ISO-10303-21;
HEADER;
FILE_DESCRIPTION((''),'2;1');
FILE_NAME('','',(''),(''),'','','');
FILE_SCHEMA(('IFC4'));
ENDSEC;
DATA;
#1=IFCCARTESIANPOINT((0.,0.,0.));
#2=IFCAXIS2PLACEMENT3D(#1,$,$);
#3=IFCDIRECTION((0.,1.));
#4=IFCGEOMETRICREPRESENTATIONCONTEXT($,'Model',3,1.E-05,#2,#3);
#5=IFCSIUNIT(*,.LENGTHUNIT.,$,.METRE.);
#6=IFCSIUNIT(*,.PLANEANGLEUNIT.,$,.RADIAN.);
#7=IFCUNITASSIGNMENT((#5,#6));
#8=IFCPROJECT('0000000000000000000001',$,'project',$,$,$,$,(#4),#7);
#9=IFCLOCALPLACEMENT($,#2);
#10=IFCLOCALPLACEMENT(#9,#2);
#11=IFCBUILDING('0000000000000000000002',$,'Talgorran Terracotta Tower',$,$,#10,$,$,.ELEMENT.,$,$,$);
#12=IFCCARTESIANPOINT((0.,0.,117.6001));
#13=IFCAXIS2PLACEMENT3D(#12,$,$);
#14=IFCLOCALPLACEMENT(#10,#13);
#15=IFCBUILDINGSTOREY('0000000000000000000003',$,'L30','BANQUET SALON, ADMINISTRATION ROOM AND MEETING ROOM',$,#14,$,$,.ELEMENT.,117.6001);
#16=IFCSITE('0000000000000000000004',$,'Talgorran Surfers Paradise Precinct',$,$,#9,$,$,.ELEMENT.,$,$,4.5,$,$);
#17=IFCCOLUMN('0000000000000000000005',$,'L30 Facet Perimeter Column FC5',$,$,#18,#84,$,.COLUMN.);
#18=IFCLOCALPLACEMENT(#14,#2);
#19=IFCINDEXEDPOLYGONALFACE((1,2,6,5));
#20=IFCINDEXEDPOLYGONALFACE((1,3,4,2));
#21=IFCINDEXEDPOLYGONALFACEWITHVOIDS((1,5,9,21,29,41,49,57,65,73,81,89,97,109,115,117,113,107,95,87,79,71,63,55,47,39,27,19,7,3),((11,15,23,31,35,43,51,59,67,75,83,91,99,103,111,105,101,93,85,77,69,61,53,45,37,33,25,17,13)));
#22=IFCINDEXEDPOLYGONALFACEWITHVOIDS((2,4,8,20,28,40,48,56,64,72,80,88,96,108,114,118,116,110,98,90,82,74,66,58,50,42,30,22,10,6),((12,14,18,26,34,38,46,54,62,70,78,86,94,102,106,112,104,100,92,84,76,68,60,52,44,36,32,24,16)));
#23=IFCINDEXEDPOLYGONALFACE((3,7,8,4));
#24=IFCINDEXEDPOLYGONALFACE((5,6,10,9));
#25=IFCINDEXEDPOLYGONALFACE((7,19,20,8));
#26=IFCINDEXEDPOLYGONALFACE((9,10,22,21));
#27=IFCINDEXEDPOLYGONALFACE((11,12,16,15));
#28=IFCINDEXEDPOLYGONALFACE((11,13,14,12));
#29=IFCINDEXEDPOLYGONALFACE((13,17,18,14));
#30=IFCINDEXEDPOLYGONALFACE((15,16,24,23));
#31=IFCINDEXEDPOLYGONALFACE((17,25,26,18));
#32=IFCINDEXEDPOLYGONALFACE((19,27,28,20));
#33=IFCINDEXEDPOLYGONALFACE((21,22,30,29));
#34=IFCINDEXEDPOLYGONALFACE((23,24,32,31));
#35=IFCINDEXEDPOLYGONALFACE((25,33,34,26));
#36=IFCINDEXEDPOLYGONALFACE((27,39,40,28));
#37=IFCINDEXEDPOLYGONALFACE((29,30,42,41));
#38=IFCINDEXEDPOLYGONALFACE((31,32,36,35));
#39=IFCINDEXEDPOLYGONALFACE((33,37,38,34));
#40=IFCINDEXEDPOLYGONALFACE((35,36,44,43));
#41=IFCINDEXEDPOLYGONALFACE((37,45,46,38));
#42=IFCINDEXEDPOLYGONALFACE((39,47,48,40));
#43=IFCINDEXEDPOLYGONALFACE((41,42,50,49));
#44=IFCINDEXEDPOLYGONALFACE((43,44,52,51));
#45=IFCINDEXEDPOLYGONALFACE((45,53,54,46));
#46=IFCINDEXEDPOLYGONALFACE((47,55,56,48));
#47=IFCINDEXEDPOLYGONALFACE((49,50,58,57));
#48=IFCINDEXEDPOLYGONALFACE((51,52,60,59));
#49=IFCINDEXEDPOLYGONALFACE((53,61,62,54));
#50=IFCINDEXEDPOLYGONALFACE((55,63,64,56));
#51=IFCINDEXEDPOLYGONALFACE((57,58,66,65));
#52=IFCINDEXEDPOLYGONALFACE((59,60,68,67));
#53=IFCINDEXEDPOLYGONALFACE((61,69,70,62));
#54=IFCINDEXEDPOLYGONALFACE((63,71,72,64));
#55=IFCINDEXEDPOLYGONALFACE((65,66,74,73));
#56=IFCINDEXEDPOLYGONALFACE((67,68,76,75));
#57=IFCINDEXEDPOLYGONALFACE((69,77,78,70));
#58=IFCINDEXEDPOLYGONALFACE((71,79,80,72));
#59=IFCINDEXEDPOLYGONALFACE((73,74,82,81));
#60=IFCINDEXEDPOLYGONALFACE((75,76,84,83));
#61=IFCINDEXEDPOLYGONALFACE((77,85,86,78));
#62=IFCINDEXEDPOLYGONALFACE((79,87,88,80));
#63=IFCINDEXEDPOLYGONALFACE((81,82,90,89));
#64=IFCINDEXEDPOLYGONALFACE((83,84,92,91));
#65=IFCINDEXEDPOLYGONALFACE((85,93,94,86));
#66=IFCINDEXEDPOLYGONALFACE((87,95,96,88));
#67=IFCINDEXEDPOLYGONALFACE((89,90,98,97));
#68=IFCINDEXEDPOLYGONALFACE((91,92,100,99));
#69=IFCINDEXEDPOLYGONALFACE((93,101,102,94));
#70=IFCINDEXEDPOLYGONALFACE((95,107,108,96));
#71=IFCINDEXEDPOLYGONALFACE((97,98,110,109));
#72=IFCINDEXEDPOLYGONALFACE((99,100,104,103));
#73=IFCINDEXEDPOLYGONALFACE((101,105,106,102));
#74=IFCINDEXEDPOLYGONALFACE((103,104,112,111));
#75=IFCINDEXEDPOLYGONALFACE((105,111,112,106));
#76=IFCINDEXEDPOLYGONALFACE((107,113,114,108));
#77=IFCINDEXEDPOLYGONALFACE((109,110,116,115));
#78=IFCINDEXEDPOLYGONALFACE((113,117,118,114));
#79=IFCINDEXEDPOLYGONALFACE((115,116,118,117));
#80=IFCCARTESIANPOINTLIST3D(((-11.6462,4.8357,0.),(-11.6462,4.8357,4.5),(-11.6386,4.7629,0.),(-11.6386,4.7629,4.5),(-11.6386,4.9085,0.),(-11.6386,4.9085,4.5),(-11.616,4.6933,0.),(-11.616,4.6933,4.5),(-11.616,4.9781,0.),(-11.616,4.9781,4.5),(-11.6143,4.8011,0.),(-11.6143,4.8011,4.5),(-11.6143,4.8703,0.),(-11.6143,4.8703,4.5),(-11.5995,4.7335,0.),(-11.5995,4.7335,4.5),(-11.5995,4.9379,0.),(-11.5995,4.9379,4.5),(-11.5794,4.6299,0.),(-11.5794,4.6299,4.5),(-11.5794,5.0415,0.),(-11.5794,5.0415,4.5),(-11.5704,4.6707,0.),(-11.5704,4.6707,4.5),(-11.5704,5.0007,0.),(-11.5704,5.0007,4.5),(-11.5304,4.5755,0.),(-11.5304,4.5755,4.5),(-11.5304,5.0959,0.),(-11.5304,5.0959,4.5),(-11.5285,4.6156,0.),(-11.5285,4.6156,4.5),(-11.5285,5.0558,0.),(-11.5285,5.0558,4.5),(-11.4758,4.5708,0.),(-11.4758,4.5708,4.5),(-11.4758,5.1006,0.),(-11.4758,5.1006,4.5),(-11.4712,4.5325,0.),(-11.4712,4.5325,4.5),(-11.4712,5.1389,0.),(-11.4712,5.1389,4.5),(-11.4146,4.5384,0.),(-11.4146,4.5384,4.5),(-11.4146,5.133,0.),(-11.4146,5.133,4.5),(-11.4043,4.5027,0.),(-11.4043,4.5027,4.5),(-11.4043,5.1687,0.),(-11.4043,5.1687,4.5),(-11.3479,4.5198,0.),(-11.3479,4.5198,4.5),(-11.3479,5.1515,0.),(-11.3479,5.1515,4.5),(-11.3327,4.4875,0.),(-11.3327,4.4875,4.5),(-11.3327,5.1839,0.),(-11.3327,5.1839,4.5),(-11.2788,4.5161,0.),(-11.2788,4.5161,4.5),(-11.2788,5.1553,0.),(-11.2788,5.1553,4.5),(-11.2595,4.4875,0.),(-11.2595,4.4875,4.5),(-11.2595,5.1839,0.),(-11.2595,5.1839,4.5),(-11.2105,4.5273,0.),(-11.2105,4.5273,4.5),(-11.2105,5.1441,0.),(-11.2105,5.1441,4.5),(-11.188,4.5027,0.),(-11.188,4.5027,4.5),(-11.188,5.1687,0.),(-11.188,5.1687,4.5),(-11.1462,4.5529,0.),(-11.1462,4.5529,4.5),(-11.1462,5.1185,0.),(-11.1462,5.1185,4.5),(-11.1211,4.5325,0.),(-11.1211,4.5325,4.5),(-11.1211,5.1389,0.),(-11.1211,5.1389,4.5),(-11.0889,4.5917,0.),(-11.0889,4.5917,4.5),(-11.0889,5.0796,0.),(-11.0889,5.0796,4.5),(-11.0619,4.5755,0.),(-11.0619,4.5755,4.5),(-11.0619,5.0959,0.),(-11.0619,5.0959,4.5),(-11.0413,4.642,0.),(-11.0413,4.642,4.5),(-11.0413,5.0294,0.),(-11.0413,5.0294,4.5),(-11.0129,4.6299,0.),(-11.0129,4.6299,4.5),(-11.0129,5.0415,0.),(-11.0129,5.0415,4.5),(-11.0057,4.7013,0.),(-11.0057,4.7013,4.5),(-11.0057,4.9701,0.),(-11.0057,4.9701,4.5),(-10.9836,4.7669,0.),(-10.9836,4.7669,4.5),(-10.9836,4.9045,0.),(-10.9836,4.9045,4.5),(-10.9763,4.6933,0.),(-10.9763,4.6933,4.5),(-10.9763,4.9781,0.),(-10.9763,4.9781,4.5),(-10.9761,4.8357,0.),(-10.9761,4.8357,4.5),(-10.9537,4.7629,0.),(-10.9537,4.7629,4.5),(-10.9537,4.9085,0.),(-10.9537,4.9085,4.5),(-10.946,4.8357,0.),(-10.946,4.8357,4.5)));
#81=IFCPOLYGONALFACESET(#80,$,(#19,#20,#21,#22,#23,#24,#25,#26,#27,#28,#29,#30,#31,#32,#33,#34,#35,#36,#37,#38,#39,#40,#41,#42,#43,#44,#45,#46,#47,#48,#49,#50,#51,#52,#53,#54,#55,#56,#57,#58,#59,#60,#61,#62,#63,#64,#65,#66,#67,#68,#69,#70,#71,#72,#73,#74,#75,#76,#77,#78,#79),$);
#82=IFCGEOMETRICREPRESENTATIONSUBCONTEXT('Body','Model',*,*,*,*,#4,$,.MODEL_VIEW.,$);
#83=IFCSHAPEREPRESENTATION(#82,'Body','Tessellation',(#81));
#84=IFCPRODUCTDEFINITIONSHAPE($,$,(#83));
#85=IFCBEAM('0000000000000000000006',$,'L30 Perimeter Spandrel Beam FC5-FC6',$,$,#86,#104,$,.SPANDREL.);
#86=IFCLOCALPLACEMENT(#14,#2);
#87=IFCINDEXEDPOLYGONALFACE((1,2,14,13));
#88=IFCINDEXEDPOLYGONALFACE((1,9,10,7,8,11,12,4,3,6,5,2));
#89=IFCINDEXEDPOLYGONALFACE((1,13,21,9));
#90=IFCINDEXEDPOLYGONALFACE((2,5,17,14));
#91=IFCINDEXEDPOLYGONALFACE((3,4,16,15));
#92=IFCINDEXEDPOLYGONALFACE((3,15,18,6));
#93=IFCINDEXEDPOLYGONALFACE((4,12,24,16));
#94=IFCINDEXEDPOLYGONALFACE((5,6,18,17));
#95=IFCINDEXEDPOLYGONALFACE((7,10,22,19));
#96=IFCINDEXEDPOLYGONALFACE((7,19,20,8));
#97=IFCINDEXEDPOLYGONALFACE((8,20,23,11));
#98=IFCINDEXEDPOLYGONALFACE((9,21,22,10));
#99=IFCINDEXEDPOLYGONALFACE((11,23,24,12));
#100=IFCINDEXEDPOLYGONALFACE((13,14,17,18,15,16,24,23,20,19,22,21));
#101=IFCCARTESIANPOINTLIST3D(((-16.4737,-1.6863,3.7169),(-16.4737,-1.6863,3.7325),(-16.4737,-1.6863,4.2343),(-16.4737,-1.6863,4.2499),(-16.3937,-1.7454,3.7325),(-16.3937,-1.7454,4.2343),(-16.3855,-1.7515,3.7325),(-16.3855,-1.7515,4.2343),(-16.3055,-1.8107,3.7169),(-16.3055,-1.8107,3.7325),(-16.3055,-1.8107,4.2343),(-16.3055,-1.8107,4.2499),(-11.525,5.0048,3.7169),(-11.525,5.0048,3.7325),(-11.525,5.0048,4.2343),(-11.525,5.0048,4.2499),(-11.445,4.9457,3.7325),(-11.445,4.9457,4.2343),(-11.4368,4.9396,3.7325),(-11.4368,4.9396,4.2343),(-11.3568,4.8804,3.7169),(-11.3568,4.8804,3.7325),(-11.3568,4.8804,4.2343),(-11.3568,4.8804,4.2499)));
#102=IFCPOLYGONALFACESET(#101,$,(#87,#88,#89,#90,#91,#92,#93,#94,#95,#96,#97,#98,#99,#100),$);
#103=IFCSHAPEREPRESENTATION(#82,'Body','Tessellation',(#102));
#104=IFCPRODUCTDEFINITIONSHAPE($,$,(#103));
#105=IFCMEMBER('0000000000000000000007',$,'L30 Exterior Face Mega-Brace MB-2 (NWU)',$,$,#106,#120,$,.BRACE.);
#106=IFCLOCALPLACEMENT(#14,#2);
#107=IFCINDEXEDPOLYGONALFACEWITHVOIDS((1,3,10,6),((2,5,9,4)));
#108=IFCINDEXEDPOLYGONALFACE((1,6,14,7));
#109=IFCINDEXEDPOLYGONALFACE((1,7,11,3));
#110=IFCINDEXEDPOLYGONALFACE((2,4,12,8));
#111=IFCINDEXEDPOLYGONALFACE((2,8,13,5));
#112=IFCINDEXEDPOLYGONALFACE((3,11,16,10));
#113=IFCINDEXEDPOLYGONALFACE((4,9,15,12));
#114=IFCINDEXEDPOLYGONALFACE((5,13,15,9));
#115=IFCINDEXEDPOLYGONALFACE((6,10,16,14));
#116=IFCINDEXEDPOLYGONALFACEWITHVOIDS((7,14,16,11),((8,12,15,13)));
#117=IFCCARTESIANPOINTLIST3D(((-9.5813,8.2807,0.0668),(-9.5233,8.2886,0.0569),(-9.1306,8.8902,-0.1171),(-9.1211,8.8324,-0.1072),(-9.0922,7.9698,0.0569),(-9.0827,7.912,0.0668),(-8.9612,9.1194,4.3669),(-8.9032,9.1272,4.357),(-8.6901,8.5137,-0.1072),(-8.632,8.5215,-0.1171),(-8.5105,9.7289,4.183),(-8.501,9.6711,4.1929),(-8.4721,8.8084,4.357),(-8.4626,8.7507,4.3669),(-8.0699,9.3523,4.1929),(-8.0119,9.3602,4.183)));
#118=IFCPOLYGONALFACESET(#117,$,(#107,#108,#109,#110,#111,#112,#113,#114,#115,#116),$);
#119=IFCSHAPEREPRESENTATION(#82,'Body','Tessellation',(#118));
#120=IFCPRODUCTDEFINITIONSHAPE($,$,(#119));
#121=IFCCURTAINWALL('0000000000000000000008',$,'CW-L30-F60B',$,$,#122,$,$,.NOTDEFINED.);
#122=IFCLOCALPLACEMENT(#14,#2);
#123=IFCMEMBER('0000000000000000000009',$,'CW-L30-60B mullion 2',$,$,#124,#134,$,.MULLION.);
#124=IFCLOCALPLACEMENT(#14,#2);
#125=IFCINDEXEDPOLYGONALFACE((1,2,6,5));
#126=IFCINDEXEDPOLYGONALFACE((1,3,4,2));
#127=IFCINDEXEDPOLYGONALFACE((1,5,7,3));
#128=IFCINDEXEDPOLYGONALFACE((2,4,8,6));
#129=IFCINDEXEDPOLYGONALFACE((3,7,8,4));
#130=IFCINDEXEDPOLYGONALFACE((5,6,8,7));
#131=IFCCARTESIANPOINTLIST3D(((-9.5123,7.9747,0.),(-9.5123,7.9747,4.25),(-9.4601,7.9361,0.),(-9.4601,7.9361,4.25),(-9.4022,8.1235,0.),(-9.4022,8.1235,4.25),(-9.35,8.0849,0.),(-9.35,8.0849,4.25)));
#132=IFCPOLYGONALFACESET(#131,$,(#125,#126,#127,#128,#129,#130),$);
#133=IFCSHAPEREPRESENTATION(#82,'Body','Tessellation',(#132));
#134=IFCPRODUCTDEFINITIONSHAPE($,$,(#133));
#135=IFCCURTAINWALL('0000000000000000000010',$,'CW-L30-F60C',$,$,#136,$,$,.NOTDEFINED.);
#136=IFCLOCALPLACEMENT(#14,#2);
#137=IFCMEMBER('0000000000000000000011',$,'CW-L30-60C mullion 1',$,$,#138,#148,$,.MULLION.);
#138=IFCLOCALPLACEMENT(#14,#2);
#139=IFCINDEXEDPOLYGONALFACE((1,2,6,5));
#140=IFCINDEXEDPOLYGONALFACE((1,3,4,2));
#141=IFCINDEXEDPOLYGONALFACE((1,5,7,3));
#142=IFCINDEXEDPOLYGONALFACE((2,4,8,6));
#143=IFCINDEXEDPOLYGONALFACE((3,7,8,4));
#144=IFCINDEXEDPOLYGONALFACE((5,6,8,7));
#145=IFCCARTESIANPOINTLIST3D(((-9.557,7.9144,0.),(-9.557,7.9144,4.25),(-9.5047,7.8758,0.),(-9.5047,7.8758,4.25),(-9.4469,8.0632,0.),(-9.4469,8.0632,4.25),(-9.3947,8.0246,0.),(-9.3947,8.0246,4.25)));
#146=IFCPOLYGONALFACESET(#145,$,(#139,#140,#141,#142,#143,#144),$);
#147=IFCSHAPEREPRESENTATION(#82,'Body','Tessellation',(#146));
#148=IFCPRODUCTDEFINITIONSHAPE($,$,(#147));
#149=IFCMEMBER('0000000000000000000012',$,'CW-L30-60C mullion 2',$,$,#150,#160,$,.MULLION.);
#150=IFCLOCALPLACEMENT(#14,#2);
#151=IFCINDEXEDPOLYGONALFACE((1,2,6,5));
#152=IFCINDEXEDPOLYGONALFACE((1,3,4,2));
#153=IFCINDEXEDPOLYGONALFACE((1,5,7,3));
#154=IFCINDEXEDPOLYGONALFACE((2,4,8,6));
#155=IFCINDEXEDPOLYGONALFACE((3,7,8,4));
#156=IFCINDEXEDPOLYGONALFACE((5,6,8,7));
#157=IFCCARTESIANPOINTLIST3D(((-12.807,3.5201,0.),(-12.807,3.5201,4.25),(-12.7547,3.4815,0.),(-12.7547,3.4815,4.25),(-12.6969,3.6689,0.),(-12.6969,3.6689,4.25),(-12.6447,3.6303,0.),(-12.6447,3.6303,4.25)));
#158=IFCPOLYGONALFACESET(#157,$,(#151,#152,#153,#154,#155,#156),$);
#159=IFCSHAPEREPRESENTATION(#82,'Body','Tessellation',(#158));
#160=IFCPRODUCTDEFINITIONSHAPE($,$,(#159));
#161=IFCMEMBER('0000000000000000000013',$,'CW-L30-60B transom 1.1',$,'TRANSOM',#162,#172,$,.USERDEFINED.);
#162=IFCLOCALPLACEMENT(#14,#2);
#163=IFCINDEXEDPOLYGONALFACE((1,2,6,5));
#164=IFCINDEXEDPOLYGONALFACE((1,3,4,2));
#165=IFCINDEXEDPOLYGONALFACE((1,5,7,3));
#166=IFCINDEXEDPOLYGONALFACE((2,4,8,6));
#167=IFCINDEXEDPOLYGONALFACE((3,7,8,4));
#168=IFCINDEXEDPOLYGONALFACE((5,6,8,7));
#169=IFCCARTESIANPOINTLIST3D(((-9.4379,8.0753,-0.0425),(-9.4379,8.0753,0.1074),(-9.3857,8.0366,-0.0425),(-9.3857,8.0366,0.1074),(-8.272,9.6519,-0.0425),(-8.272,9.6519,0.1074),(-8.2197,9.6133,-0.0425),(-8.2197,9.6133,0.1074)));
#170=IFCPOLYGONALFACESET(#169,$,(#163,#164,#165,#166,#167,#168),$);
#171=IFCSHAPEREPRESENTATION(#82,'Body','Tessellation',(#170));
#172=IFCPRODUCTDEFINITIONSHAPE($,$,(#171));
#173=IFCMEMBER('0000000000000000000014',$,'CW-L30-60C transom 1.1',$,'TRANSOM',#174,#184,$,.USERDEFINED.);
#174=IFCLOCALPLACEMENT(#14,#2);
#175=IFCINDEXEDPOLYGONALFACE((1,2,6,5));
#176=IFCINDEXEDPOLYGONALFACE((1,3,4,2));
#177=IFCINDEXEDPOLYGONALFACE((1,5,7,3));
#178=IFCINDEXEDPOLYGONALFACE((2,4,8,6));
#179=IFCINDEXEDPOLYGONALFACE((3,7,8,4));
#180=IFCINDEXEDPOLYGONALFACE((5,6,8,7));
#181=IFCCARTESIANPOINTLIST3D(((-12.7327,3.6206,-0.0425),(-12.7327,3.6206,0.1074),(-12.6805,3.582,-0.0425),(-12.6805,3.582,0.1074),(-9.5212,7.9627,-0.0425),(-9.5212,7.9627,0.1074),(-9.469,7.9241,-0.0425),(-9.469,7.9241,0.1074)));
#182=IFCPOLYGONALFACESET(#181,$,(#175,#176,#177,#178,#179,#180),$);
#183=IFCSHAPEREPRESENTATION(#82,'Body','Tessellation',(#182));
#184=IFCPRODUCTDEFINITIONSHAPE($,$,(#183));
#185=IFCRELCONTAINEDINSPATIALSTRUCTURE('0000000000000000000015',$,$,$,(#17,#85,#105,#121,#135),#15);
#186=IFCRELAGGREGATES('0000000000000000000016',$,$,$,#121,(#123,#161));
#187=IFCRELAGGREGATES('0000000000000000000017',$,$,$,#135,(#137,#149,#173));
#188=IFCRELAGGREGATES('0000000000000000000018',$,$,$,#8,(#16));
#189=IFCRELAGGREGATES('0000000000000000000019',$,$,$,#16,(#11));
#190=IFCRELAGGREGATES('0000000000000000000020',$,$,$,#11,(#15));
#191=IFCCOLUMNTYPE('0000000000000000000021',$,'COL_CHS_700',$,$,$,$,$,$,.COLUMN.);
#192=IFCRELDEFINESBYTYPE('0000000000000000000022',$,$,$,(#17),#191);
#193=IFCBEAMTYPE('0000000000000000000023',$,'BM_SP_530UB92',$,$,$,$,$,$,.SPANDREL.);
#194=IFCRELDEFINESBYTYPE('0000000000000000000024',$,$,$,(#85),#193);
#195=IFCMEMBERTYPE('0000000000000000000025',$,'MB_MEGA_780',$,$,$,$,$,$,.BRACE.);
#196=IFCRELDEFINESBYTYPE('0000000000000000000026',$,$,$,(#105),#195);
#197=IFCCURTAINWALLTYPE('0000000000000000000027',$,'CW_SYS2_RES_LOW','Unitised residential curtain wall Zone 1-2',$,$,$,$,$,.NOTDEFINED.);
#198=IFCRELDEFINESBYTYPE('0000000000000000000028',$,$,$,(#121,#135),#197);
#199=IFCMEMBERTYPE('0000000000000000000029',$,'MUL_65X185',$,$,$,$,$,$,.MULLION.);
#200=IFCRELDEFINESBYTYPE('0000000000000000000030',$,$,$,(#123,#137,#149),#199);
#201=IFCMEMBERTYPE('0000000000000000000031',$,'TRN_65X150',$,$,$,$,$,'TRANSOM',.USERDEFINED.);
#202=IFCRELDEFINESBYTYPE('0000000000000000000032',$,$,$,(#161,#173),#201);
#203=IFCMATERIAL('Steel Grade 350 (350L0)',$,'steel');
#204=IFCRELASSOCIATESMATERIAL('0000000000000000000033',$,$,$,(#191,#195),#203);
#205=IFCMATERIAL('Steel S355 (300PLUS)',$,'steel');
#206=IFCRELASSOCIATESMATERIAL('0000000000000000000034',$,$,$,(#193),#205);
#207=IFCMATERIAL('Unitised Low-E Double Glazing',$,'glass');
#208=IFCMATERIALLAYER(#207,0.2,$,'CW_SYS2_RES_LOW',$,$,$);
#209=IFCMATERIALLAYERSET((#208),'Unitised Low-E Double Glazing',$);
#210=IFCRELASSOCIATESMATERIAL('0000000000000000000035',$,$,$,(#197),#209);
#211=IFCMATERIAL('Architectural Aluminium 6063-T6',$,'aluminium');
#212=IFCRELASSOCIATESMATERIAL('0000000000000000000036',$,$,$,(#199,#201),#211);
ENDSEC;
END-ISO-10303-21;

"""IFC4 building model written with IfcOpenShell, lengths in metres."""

from ifc_helpers import new_model, si_unit, direction, frame, origin, origin_2d, place, context, subcontext, project, spatial, rectangle, hollow_rectangle, hollow_circle, i_section, extrude, material, layer, layer_set, material_profile, profile_set, type_object, element, aggregate, save


model = new_model("IFC4")

# Units and contexts
model_context = context("Model", 3, precision=1e-05, world=origin(), true_north=direction((0.0, 1.0)))
body_context = subcontext(model_context, "Body", "Model", "MODEL_VIEW")
ifc_project = project(units=[si_unit("LENGTHUNIT", "METRE"), si_unit("PLANEANGLEUNIT", "RADIAN")], contexts=[model_context])

# Site, building, storey
site_placement = place(None, origin())
site = spatial("IfcSite", under=ifc_project, at=site_placement, Name="Talgorran Surfers Paradise Precinct", CompositionType="ELEMENT", RefElevation=4.5)
building_placement = place(site_placement, origin())
building = spatial("IfcBuilding", under=site, at=building_placement, Name="Talgorran Terracotta Tower", CompositionType="ELEMENT")
storey_placement = place(building_placement, frame((0.0, 0.0, 117.6001)))
storey = spatial("IfcBuildingStorey", under=building, at=storey_placement, Name="L30", Description="BANQUET SALON, ADMINISTRATION ROOM AND MEETING ROOM", CompositionType="ELEMENT", Elevation=117.6001)

# Column
ifc_material_1 = material(Name="Steel Grade 350 (350L0)", Category="steel")
ifc_material_profile_1 = material_profile(ifc_material_1, hollow_circle(Radius=0.3501, WallThickness=0.03, at=origin_2d()), Name="CHS700X30")
ifc_profile_set_1 = profile_set([ifc_material_profile_1], Name="Steel Grade 350 (350L0)")
column_type = type_object("IfcColumnType", Name="COL_CHS_700", PredefinedType="COLUMN", material=ifc_profile_set_1)
column_placement = place(storey_placement, frame((-11.2961, 4.8357, 0.0), z_axis=(0.0, 0.0, 1.0), x_axis=(1.0, 0.0, 0.0)))
element("IfcColumn", 1, at=column_placement, inside=storey, type_object=column_type, Name="L30 Facet Perimeter Column FC5", PredefinedType="COLUMN", context=body_context, shape_type="SweptSolid", body=[
    extrude(hollow_circle(Radius=0.3501, WallThickness=0.03, at=origin_2d()), origin(), (0.0, 0.0, 1.0), 4.5),
])

# Beam
ifc_material_2 = material(Name="Steel S355 (300PLUS)", Category="steel")
ifc_material_profile_2 = material_profile(ifc_material_2, i_section(OverallWidth=0.2092, OverallDepth=0.533, WebThickness=0.0103, FlangeThickness=0.0156, at=origin_2d()), Name="530UB92.4")
ifc_profile_set_2 = profile_set([ifc_material_profile_2], Name="Steel S355 (300PLUS)")
beam_type = type_object("IfcBeamType", Name="BM_SP_530UB92", PredefinedType="SPANDREL", material=ifc_profile_set_2)
beam_placement = place(storey_placement, frame((-11.4409, 4.9426, 3.9834), z_axis=(-0.594631, -0.803999, 0.0), x_axis=(0.803999, -0.594631, 0.0)))
element("IfcBeam", 2, at=beam_placement, inside=storey, type_object=beam_type, Name="L30 Perimeter Spandrel Beam FC5-FC6", PredefinedType="SPANDREL", context=body_context, shape_type="SweptSolid", body=[
    extrude(i_section(OverallWidth=0.2092, OverallDepth=0.533, WebThickness=0.0103, FlangeThickness=0.0156, at=origin_2d()), origin(), (0.0, 0.0, 1.0), 8.3223),
])

# Member
ifc_material_profile_3 = material_profile(ifc_material_1, hollow_rectangle(XDim=0.6201, YDim=0.78, WallThickness=0.042, at=origin_2d()), Name="WBOX780X620X42")
ifc_profile_set_3 = profile_set([ifc_material_profile_3], Name="Steel Grade 350 (350L0)")
member_type_1 = type_object("IfcMemberType", Name="MB_MEGA_780", PredefinedType="BRACE", material=ifc_profile_set_3)
member_1_placement = place(storey_placement, frame((-9.1067, 8.4011, -0.0251), z_axis=(0.140148, 0.189531, 0.971821), x_axis=(-0.804055, 0.594556, 0.0)))
element("IfcMember", 3, at=member_1_placement, inside=storey, type_object=member_type_1, Name="L30 Exterior Face Mega-Brace MB-2 (NWU)", PredefinedType="BRACE", context=body_context, shape_type="SweptSolid", body=[
    extrude(hollow_rectangle(XDim=0.6201, YDim=0.78, WallThickness=0.042, at=origin_2d()), origin(), (0.0, 0.0, 1.0), 4.4248),
])

# Curtain wall, member
ifc_material_3 = material(Name="Unitised Low-E Double Glazing", Category="glass")
ifc_layer_1 = layer(ifc_material_3, 0.2, Name="CW_SYS2_RES_LOW")
ifc_layer_set_1 = layer_set([ifc_layer_1], Name="Unitised Low-E Double Glazing")
curtain_wall_type = type_object("IfcCurtainWallType", Name="CW_SYS2_RES_LOW", Description="Unitised residential curtain wall Zone 1-2", PredefinedType="NOTDEFINED", material=ifc_layer_set_1)
curtain_wall_1_placement = place(storey_placement, origin())
curtain_wall_1 = element("IfcCurtainWall", 4, at=curtain_wall_1_placement, inside=storey, type_object=curtain_wall_type, Name="CW-L30-F60B", PredefinedType="NOTDEFINED")
ifc_material_4 = material(Name="Architectural Aluminium 6063-T6", Category="aluminium")
ifc_material_profile_4 = material_profile(ifc_material_4, rectangle(XDim=0.0649, YDim=0.1851, at=origin_2d()), Name="CWM65X185")
ifc_profile_set_4 = profile_set([ifc_material_profile_4], Name="Architectural Aluminium 6063-T6")
member_type_2 = type_object("IfcMemberType", Name="MUL_65X185", PredefinedType="MULLION", material=ifc_profile_set_4)
member_2_placement = place(storey_placement, frame((-9.4312, 8.0298, 0.0), z_axis=(0.0, 0.0, 1.0), x_axis=(0.803999, -0.59463, 0.0)))
member_2 = element("IfcMember", 5, at=member_2_placement, type_object=member_type_2, Name="CW-L30-60B mullion 2", PredefinedType="MULLION", context=body_context, shape_type="SweptSolid", body=[
    extrude(rectangle(XDim=0.0649, YDim=0.1851, at=origin_2d()), origin(), (0.0, 0.0, 1.0), 4.25),
])

# Curtain wall, members
curtain_wall_2_placement = place(storey_placement, origin())
curtain_wall_2 = element("IfcCurtainWall", 6, at=curtain_wall_2_placement, inside=storey, type_object=curtain_wall_type, Name="CW-L30-F60C", PredefinedType="NOTDEFINED")
member_3_placement = place(storey_placement, frame((-9.4758, 7.9695, 0.0), z_axis=(0.0, 0.0, 1.0), x_axis=(0.803998, -0.594632, 0.0)))
member_3 = element("IfcMember", 7, at=member_3_placement, type_object=member_type_2, Name="CW-L30-60C mullion 1", PredefinedType="MULLION", context=body_context, shape_type="SweptSolid", body=[
    extrude(rectangle(XDim=0.0649, YDim=0.1851, at=origin_2d()), origin(), (0.0, 0.0, 1.0), 4.25),
])
member_4_placement = place(storey_placement, frame((-12.7258, 3.5752, 0.0), z_axis=(0.0, 0.0, 1.0), x_axis=(0.803998, -0.594632, 0.0)))
member_4 = element("IfcMember", 8, at=member_4_placement, type_object=member_type_2, Name="CW-L30-60C mullion 2", PredefinedType="MULLION", context=body_context, shape_type="SweptSolid", body=[
    extrude(rectangle(XDim=0.0649, YDim=0.1851, at=origin_2d()), origin(), (0.0, 0.0, 1.0), 4.25),
])

# Members
ifc_material_profile_5 = material_profile(ifc_material_4, rectangle(XDim=0.0649, YDim=0.1499, at=origin_2d()), Name="CWT65X150")
ifc_profile_set_5 = profile_set([ifc_material_profile_5], Name="Architectural Aluminium 6063-T6")
member_type_3 = type_object("IfcMemberType", Name="TRN_65X150", ElementType="TRANSOM", PredefinedType="USERDEFINED", material=ifc_profile_set_5)
member_5_placement = place(storey_placement, frame((-8.2458, 9.6326, 0.0325), z_axis=(-0.594608, -0.804016, 0.0), x_axis=(0.804016, -0.594608, 0.0)))
member_5 = element("IfcMember", 9, at=member_5_placement, type_object=member_type_3, Name="CW-L30-60B transom 1.1", ObjectType="TRANSOM", PredefinedType="USERDEFINED", context=body_context, shape_type="SweptSolid", body=[
    extrude(rectangle(XDim=0.0649, YDim=0.1499, at=origin_2d()), origin(), (0.0, 0.0, 1.0), 1.9609),
])
member_6_placement = place(storey_placement, frame((-9.4951, 7.9434, 0.0325), z_axis=(-0.594641, -0.803991, 0.0), x_axis=(0.803991, -0.594641, 0.0)))
member_6 = element("IfcMember", 10, at=member_6_placement, type_object=member_type_3, Name="CW-L30-60C transom 1.1", ObjectType="TRANSOM", PredefinedType="USERDEFINED", context=body_context, shape_type="SweptSolid", body=[
    extrude(rectangle(XDim=0.0649, YDim=0.1499, at=origin_2d()), origin(), (0.0, 0.0, 1.0), 5.4006),
])

aggregate(curtain_wall_1, [member_2, member_5])
aggregate(curtain_wall_2, [member_3, member_4, member_6])

save(model, "model.ifc")
